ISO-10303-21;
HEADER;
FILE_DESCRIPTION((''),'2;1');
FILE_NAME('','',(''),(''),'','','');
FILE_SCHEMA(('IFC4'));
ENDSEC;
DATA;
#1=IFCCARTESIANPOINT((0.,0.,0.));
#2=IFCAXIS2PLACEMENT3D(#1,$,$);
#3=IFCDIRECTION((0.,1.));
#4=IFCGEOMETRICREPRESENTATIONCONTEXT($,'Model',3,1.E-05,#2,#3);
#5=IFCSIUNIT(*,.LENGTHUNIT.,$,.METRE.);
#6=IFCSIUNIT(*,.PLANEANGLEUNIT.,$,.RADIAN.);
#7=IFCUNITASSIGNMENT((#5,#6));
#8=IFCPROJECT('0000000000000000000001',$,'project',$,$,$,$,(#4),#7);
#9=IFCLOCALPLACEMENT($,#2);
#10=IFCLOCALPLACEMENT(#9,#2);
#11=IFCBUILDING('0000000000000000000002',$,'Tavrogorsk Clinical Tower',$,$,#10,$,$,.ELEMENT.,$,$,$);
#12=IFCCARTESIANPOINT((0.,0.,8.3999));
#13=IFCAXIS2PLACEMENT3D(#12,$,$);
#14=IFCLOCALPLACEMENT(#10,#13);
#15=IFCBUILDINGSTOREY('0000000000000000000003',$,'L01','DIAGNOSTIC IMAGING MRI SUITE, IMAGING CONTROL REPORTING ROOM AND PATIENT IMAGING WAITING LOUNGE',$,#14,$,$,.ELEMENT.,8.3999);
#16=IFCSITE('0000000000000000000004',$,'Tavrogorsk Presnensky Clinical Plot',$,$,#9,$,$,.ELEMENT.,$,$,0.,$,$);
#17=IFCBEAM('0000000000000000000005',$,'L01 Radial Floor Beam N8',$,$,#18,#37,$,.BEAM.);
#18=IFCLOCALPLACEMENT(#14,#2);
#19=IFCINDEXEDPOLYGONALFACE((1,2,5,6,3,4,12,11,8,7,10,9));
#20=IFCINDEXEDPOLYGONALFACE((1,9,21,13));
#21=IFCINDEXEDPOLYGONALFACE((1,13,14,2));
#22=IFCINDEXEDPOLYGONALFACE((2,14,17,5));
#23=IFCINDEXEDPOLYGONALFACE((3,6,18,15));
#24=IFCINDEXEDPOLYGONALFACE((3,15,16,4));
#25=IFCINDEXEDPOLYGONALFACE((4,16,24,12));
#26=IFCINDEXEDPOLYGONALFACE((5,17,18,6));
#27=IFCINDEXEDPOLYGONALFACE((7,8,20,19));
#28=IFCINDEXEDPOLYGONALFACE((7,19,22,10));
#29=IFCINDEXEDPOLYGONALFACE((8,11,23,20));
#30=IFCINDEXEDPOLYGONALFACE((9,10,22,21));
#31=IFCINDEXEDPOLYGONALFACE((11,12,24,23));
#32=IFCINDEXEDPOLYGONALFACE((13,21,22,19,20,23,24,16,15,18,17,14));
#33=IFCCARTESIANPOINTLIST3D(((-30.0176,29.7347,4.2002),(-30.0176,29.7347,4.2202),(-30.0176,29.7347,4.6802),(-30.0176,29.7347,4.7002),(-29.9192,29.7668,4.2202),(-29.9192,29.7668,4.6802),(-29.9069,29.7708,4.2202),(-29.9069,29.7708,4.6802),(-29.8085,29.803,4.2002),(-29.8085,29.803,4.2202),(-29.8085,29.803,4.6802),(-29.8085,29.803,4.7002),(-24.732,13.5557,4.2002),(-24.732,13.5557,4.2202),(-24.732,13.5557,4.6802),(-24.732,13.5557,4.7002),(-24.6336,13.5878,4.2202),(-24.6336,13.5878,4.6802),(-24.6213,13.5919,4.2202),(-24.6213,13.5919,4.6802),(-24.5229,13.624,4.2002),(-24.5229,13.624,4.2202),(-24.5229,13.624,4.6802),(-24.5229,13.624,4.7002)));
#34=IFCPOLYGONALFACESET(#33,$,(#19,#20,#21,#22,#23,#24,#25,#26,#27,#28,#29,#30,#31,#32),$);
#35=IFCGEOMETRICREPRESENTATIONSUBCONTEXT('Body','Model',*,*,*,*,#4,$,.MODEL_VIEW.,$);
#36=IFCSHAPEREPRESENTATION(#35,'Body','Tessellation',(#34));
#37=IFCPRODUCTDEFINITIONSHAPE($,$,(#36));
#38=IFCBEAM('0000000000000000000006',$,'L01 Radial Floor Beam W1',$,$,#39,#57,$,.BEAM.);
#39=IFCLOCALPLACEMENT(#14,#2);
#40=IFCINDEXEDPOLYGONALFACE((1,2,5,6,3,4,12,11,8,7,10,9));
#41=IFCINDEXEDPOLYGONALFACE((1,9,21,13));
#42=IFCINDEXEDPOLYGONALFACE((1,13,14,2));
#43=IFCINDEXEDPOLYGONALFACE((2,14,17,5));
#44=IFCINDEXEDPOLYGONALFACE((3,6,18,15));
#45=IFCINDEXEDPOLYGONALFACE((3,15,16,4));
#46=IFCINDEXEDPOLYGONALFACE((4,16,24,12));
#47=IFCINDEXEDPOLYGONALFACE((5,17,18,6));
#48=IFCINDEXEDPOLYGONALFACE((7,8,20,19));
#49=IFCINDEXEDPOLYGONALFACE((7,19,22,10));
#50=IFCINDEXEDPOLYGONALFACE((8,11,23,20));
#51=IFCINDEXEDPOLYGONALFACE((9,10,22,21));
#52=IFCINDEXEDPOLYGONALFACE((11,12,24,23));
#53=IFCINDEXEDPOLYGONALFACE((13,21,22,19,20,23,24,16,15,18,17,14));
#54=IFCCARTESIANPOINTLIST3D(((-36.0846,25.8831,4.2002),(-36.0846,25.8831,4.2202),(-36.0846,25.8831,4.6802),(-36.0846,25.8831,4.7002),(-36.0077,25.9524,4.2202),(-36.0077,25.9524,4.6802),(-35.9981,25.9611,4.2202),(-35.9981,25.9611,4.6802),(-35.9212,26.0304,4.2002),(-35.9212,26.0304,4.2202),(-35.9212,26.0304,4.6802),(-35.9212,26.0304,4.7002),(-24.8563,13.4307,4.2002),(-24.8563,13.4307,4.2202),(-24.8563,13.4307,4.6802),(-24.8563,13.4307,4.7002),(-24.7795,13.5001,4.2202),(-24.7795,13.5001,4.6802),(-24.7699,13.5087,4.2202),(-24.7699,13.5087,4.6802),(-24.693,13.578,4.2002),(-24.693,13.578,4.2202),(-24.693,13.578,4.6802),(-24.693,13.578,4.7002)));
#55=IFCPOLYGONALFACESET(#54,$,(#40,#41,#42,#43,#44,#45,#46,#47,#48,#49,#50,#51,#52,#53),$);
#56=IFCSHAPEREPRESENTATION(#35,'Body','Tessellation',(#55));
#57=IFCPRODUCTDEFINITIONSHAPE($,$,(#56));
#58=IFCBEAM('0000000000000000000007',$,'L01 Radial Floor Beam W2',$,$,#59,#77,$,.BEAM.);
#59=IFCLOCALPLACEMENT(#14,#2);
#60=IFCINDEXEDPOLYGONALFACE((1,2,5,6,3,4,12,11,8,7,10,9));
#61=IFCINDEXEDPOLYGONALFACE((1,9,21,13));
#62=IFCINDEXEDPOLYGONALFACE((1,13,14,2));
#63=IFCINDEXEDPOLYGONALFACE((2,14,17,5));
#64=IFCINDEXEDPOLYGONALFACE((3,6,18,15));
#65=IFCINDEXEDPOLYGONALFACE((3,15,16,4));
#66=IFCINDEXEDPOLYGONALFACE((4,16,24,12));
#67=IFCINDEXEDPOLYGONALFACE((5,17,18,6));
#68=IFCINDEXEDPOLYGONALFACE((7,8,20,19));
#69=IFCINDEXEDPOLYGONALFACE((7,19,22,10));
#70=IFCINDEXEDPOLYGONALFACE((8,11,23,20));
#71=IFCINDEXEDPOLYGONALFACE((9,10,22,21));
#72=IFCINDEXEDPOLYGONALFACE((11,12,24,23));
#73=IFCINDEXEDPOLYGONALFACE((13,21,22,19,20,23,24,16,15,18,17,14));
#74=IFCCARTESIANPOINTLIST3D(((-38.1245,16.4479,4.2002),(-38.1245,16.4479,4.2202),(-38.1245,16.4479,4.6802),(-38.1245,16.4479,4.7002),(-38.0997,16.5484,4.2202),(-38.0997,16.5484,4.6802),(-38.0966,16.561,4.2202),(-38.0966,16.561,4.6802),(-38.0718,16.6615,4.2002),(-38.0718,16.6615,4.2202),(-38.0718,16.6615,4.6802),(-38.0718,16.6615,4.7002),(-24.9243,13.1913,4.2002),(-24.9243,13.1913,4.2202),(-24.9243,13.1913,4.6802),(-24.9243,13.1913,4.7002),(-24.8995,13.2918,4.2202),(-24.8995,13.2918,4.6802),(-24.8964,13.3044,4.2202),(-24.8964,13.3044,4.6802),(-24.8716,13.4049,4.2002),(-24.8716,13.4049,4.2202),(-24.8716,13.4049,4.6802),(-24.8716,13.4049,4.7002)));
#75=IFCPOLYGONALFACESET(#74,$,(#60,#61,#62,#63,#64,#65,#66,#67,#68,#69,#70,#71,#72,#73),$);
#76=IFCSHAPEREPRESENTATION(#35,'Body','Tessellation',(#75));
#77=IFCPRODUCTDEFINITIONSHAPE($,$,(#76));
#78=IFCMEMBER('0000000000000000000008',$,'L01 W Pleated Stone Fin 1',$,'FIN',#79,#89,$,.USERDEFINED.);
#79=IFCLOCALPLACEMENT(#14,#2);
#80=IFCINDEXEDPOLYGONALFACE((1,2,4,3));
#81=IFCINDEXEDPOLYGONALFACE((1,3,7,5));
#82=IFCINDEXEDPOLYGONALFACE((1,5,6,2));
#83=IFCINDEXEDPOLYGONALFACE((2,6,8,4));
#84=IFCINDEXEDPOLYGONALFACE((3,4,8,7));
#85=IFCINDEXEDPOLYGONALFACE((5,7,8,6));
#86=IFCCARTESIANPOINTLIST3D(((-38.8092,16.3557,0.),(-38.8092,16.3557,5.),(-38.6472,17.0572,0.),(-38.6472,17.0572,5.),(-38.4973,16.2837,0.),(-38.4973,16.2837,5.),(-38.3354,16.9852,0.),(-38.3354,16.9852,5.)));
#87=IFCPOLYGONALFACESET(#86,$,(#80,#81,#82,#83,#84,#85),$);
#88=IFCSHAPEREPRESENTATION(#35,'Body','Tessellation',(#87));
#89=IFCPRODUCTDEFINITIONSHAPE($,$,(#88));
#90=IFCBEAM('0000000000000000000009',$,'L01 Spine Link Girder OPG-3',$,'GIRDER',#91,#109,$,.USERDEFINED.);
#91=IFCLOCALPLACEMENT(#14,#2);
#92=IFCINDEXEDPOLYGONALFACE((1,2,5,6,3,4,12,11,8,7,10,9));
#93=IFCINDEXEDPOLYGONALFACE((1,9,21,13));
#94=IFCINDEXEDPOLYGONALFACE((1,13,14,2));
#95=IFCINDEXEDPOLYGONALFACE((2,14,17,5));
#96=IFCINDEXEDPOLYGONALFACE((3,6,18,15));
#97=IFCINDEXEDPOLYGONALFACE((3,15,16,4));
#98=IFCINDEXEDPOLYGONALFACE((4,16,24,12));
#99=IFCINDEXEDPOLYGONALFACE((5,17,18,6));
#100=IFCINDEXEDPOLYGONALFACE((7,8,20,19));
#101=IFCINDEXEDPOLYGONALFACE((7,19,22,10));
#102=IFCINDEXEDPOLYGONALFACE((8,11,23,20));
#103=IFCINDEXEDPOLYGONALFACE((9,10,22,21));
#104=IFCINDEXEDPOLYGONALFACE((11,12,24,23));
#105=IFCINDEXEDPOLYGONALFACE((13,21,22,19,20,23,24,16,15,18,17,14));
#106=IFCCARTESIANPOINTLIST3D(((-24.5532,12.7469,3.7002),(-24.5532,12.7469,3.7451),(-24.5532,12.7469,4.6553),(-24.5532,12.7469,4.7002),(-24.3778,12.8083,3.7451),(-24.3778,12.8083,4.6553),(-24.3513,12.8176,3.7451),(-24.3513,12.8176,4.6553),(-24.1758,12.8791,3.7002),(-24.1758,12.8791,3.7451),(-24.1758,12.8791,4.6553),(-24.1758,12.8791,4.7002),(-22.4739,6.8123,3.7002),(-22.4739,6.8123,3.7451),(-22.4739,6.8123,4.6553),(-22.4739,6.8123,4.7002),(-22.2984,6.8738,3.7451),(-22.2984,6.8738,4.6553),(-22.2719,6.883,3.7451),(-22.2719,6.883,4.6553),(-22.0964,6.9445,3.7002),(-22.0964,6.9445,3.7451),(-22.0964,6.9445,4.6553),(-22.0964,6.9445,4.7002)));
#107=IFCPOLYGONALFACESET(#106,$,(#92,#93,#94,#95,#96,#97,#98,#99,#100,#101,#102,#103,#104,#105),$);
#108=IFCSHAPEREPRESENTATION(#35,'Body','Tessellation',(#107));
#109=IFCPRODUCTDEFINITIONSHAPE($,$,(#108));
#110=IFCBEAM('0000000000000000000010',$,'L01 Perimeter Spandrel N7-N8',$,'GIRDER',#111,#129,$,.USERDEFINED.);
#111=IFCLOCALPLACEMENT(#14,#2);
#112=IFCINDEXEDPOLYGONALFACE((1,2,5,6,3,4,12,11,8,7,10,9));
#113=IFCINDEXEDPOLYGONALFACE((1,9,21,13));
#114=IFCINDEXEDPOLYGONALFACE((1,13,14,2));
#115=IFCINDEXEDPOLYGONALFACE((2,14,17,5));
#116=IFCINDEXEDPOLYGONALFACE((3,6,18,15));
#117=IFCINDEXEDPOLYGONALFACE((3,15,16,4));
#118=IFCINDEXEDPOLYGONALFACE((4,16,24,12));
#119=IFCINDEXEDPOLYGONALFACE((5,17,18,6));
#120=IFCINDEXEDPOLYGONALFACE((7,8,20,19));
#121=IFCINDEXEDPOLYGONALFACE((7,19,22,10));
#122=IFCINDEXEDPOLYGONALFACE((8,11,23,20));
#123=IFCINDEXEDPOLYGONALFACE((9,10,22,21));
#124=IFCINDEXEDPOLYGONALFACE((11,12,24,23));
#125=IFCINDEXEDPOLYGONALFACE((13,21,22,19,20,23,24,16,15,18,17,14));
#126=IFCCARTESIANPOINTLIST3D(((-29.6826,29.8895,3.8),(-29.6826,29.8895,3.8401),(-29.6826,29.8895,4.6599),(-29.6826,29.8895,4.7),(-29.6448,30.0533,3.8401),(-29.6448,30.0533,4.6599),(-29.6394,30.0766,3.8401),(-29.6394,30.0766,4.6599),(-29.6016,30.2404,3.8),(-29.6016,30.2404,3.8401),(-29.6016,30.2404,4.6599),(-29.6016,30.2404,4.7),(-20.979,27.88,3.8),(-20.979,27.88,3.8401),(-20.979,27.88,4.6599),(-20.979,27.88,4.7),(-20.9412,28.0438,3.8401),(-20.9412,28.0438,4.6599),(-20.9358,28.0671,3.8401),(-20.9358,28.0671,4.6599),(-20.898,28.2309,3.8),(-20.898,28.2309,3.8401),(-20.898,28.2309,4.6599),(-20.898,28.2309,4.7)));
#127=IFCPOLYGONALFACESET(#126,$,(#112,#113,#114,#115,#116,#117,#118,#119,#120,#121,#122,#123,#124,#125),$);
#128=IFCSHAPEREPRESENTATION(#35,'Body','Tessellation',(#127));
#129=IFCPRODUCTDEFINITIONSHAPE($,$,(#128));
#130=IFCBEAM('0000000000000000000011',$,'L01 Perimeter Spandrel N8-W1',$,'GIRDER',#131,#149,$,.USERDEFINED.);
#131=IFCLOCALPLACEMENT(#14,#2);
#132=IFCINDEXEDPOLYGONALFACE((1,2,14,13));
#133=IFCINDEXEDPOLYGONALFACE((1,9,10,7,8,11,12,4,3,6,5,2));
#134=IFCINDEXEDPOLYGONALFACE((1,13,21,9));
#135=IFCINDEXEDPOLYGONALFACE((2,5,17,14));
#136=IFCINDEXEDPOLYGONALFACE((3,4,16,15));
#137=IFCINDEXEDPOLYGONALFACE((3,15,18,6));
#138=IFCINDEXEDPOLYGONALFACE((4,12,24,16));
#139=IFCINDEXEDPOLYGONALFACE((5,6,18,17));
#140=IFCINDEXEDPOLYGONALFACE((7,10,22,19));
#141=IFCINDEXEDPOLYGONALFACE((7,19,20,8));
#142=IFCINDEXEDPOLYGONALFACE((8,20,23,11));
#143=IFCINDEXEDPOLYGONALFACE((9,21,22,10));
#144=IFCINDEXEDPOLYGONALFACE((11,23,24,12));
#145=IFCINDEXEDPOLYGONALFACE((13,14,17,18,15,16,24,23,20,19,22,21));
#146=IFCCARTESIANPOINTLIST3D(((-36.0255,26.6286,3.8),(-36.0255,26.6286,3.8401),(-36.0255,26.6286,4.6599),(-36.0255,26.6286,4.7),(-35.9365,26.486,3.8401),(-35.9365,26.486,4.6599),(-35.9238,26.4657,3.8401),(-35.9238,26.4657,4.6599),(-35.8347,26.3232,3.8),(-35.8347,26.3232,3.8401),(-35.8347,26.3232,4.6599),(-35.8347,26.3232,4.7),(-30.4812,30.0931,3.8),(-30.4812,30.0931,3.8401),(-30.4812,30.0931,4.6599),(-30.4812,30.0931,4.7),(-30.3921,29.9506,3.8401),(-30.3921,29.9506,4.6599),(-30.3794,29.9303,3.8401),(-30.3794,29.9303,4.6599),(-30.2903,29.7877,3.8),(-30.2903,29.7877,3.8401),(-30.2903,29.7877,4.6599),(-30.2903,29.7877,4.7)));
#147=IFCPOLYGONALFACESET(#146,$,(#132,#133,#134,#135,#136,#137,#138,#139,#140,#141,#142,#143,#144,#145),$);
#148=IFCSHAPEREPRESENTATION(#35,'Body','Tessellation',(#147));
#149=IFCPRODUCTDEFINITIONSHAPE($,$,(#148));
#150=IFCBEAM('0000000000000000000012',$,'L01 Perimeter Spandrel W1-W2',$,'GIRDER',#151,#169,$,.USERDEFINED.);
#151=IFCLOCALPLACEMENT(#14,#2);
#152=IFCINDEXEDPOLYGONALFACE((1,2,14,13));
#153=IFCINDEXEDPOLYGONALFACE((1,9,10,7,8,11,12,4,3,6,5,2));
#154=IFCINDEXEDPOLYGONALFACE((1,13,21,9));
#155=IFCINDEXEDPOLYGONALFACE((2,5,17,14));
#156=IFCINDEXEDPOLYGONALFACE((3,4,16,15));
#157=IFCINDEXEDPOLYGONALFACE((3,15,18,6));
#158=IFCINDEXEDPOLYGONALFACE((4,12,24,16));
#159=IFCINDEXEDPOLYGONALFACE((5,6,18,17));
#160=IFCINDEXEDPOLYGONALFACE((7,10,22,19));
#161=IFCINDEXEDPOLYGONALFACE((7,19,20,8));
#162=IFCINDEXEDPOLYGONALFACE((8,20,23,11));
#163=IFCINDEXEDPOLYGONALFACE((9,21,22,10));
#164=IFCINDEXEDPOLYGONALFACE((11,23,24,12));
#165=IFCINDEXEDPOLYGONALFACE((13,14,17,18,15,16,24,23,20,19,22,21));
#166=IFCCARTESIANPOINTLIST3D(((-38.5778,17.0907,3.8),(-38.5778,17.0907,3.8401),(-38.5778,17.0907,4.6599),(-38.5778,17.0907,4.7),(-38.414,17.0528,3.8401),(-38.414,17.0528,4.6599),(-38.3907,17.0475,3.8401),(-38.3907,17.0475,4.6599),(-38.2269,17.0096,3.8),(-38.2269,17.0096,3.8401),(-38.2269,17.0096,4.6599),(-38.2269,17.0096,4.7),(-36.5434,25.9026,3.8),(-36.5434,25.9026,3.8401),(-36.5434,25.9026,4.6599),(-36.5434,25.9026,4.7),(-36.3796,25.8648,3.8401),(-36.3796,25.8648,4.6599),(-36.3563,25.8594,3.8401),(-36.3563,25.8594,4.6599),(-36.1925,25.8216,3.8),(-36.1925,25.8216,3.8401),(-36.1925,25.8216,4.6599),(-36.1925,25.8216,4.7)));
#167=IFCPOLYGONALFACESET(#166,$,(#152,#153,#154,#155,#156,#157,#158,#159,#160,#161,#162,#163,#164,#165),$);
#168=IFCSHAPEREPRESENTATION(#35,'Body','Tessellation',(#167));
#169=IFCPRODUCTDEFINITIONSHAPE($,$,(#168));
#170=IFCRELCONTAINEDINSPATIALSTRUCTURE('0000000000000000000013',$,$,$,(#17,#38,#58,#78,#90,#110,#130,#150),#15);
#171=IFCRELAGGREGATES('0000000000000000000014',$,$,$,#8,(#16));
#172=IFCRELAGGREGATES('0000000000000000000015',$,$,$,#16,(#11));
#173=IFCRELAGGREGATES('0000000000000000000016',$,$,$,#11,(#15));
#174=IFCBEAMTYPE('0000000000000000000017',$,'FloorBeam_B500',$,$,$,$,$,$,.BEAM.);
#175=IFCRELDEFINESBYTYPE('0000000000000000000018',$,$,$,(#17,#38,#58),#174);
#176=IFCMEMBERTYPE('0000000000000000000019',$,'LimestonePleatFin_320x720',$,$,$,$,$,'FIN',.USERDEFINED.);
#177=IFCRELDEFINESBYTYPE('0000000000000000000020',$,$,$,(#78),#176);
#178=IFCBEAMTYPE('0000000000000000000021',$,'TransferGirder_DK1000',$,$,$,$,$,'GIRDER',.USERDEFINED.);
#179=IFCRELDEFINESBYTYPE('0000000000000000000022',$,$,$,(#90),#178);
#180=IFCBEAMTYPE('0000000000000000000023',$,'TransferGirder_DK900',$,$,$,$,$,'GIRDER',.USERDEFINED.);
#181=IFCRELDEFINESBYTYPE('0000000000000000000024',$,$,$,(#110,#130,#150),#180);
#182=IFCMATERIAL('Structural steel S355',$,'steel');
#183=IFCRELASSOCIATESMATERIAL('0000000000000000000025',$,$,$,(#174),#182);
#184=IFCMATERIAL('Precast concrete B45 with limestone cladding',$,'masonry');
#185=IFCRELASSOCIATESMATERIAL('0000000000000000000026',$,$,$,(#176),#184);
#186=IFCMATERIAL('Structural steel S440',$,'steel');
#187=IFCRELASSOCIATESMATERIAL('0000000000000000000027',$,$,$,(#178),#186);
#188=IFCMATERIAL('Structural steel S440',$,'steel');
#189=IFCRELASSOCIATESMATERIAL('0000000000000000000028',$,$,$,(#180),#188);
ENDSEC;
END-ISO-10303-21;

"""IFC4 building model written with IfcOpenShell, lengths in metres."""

from ifc_helpers import new_model, si_unit, direction, frame, origin, origin_2d, place, context, subcontext, project, spatial, rectangle, i_section, extrude, material, material_profile, profile_set, type_object, element, save


model = new_model("IFC4")

# Units and contexts
model_context = context("Model", 3, precision=1e-05, world=origin(), true_north=direction((0.0, 1.0)))
body_context = subcontext(model_context, "Body", "Model", "MODEL_VIEW")
ifc_project = project(units=[si_unit("LENGTHUNIT", "METRE"), si_unit("PLANEANGLEUNIT", "RADIAN")], contexts=[model_context])

# Site, building, storey
site_placement = place(None, origin())
site = spatial("IfcSite", under=ifc_project, at=site_placement, Name="Tavrogorsk Presnensky Clinical Plot", CompositionType="ELEMENT", RefElevation=0.0)
building_placement = place(site_placement, origin())
building = spatial("IfcBuilding", under=site, at=building_placement, Name="Tavrogorsk Clinical Tower", CompositionType="ELEMENT")
storey_placement = place(building_placement, frame((0.0, 0.0, 8.3999)))
storey = spatial("IfcBuildingStorey", under=building, at=storey_placement, Name="L01", Description="DIAGNOSTIC IMAGING MRI SUITE, IMAGING CONTROL REPORTING ROOM AND PATIENT IMAGING WAITING LOUNGE", CompositionType="ELEMENT", Elevation=8.3999)

# Beams
ifc_material_1 = material(Name="Structural steel S355", Category="steel")
ifc_material_profile_1 = material_profile(ifc_material_1, i_section(OverallWidth=0.22, OverallDepth=0.5, WebThickness=0.0129, FlangeThickness=0.02, at=origin_2d()), Name="B-500x220x13x20")
ifc_profile_set_1 = profile_set([ifc_material_profile_1], Name="Structural steel S355")
beam_type_1 = type_object("IfcBeamType", Name="FloorBeam_B500", PredefinedType="BEAM", material=ifc_profile_set_1)
beam_1_placement = place(storey_placement, frame((-24.6274, 13.5898, 4.4502), z_axis=(-0.310546, 0.950558, 0.0), x_axis=(-0.950558, -0.310546, 0.0)))
element("IfcBeam", 1, at=beam_1_placement, inside=storey, type_object=beam_type_1, Name="L01 Radial Floor Beam N8", PredefinedType="BEAM", context=body_context, shape_type="SweptSolid", body=[
    extrude(i_section(OverallWidth=0.22, OverallDepth=0.5, WebThickness=0.0129, FlangeThickness=0.02, at=origin_2d()), origin(), (0.0, 0.0, 1.0), 17.0205),
])
beam_2_placement = place(storey_placement, frame((-24.7747, 13.5044, 4.4502), z_axis=(-0.66966, 0.742668, 0.0), x_axis=(-0.742668, -0.66966, 0.0)))
element("IfcBeam", 2, at=beam_2_placement, inside=storey, type_object=beam_type_1, Name="L01 Radial Floor Beam W1", PredefinedType="BEAM", context=body_context, shape_type="SweptSolid", body=[
    extrude(i_section(OverallWidth=0.22, OverallDepth=0.5, WebThickness=0.0129, FlangeThickness=0.02, at=origin_2d()), origin(), (0.0, 0.0, 1.0), 16.7671),
])
beam_3_placement = place(storey_placement, frame((-24.8979, 13.2981, 4.4502), z_axis=(-0.97089, 0.239526, 0.0), x_axis=(-0.239526, -0.97089, 0.0)))
element("IfcBeam", 3, at=beam_3_placement, inside=storey, type_object=beam_type_1, Name="L01 Radial Floor Beam W2", PredefinedType="BEAM", context=body_context, shape_type="SweptSolid", body=[
    extrude(i_section(OverallWidth=0.22, OverallDepth=0.5, WebThickness=0.0129, FlangeThickness=0.02, at=origin_2d()), origin(), (0.0, 0.0, 1.0), 13.5959),
])

# Member
ifc_material_2 = material(Name="Precast concrete B45 with limestone cladding", Category="masonry")
ifc_material_profile_2 = material_profile(ifc_material_2, rectangle(XDim=0.3201, YDim=0.72, at=origin_2d()), Name="LIMESTONE-FIN-320x720")
ifc_profile_set_2 = profile_set([ifc_material_profile_2], Name="Precast concrete B45 with limestone cladding")
member_type_1 = type_object("IfcMemberType", Name="LimestonePleatFin_320x720", ElementType="FIN", PredefinedType="USERDEFINED", material=ifc_profile_set_2)
member_1_placement = place(storey_placement, frame((-38.5723, 16.6704, 0.0), z_axis=(0.0, 0.0, 1.0), x_axis=(0.97437, -0.224951, 0.0)))
element("IfcMember", 4, at=member_1_placement, inside=storey, type_object=member_type_1, Name="L01 W Pleated Stone Fin 1", ObjectType="FIN", PredefinedType="USERDEFINED", context=body_context, shape_type="SweptSolid", body=[
    extrude(rectangle(XDim=0.3201, YDim=0.72, at=origin_2d()), origin(), (0.0, 0.0, 1.0), 5.0),
])

# Beams
ifc_material_3 = material(Name="Structural steel S440", Category="steel")
ifc_material_profile_3 = material_profile(ifc_material_3, i_section(OverallWidth=0.3999, OverallDepth=1.0, WebThickness=0.0281, FlangeThickness=0.0449, at=origin_2d()), Name="DK-1000x400x28x45")
ifc_profile_set_3 = profile_set([ifc_material_profile_3], Name="Structural steel S440")
beam_type_2 = type_object("IfcBeamType", Name="TransferGirder_DK1000", ElementType="GIRDER", PredefinedType="USERDEFINED", material=ifc_profile_set_3)
beam_4_placement = place(storey_placement, frame((-24.3645, 12.813, 4.2002), z_axis=(0.330669, -0.943747, 0.0), x_axis=(0.943747, 0.330669, 0.0)))
element("IfcBeam", 5, at=beam_4_placement, inside=storey, type_object=beam_type_2, Name="L01 Spine Link Girder OPG-3", ObjectType="GIRDER", PredefinedType="USERDEFINED", context=body_context, shape_type="SweptSolid", body=[
    extrude(i_section(OverallWidth=0.3999, OverallDepth=1.0, WebThickness=0.0281, FlangeThickness=0.0449, at=origin_2d()), origin(), (0.0, 0.0, 1.0), 6.2883),
])
ifc_material_4 = material(Name="Structural steel S440", Category="steel")
ifc_material_profile_4 = material_profile(ifc_material_4, i_section(OverallWidth=0.3601, OverallDepth=0.8999, WebThickness=0.0239, FlangeThickness=0.04, at=origin_2d()), Name="DK-900x360x24x40")
ifc_profile_set_4 = profile_set([ifc_material_profile_4], Name="Structural steel S440")
beam_type_3 = type_object("IfcBeamType", Name="TransferGirder_DK900", ElementType="GIRDER", PredefinedType="USERDEFINED", material=ifc_profile_set_4)
beam_5_placement = place(storey_placement, frame((-20.9385, 28.0554, 4.25), z_axis=(-0.974367, 0.224965, 0.0), x_axis=(-0.224965, -0.974367, 0.0)))
element("IfcBeam", 6, at=beam_5_placement, inside=storey, type_object=beam_type_3, Name="L01 Perimeter Spandrel N7-N8", ObjectType="GIRDER", PredefinedType="USERDEFINED", context=body_context, shape_type="SweptSolid", body=[
    extrude(i_section(OverallWidth=0.3601, OverallDepth=0.8999, WebThickness=0.0239, FlangeThickness=0.04, at=origin_2d()), origin(), (0.0, 0.0, 1.0), 8.9326),
])
beam_6_placement = place(storey_placement, frame((-30.3857, 29.9404, 4.25), z_axis=(-0.848044, -0.529925, 0.0), x_axis=(0.529925, -0.848044, 0.0)))
element("IfcBeam", 7, at=beam_6_placement, inside=storey, type_object=beam_type_3, Name="L01 Perimeter Spandrel N8-W1", ObjectType="GIRDER", PredefinedType="USERDEFINED", context=body_context, shape_type="SweptSolid", body=[
    extrude(i_section(OverallWidth=0.3601, OverallDepth=0.8999, WebThickness=0.0239, FlangeThickness=0.04, at=origin_2d()), origin(), (0.0, 0.0, 1.0), 6.5378),
])
beam_7_placement = place(storey_placement, frame((-36.3679, 25.8621, 4.25), z_axis=(-0.224952, -0.97437, 0.0), x_axis=(0.97437, -0.224952, 0.0)))
element("IfcBeam", 8, at=beam_7_placement, inside=storey, type_object=beam_type_3, Name="L01 Perimeter Spandrel W1-W2", ObjectType="GIRDER", PredefinedType="USERDEFINED", context=body_context, shape_type="SweptSolid", body=[
    extrude(i_section(OverallWidth=0.3601, OverallDepth=0.8999, WebThickness=0.0239, FlangeThickness=0.04, at=origin_2d()), origin(), (0.0, 0.0, 1.0), 9.0437),
])

save(model, "model.ifc")
